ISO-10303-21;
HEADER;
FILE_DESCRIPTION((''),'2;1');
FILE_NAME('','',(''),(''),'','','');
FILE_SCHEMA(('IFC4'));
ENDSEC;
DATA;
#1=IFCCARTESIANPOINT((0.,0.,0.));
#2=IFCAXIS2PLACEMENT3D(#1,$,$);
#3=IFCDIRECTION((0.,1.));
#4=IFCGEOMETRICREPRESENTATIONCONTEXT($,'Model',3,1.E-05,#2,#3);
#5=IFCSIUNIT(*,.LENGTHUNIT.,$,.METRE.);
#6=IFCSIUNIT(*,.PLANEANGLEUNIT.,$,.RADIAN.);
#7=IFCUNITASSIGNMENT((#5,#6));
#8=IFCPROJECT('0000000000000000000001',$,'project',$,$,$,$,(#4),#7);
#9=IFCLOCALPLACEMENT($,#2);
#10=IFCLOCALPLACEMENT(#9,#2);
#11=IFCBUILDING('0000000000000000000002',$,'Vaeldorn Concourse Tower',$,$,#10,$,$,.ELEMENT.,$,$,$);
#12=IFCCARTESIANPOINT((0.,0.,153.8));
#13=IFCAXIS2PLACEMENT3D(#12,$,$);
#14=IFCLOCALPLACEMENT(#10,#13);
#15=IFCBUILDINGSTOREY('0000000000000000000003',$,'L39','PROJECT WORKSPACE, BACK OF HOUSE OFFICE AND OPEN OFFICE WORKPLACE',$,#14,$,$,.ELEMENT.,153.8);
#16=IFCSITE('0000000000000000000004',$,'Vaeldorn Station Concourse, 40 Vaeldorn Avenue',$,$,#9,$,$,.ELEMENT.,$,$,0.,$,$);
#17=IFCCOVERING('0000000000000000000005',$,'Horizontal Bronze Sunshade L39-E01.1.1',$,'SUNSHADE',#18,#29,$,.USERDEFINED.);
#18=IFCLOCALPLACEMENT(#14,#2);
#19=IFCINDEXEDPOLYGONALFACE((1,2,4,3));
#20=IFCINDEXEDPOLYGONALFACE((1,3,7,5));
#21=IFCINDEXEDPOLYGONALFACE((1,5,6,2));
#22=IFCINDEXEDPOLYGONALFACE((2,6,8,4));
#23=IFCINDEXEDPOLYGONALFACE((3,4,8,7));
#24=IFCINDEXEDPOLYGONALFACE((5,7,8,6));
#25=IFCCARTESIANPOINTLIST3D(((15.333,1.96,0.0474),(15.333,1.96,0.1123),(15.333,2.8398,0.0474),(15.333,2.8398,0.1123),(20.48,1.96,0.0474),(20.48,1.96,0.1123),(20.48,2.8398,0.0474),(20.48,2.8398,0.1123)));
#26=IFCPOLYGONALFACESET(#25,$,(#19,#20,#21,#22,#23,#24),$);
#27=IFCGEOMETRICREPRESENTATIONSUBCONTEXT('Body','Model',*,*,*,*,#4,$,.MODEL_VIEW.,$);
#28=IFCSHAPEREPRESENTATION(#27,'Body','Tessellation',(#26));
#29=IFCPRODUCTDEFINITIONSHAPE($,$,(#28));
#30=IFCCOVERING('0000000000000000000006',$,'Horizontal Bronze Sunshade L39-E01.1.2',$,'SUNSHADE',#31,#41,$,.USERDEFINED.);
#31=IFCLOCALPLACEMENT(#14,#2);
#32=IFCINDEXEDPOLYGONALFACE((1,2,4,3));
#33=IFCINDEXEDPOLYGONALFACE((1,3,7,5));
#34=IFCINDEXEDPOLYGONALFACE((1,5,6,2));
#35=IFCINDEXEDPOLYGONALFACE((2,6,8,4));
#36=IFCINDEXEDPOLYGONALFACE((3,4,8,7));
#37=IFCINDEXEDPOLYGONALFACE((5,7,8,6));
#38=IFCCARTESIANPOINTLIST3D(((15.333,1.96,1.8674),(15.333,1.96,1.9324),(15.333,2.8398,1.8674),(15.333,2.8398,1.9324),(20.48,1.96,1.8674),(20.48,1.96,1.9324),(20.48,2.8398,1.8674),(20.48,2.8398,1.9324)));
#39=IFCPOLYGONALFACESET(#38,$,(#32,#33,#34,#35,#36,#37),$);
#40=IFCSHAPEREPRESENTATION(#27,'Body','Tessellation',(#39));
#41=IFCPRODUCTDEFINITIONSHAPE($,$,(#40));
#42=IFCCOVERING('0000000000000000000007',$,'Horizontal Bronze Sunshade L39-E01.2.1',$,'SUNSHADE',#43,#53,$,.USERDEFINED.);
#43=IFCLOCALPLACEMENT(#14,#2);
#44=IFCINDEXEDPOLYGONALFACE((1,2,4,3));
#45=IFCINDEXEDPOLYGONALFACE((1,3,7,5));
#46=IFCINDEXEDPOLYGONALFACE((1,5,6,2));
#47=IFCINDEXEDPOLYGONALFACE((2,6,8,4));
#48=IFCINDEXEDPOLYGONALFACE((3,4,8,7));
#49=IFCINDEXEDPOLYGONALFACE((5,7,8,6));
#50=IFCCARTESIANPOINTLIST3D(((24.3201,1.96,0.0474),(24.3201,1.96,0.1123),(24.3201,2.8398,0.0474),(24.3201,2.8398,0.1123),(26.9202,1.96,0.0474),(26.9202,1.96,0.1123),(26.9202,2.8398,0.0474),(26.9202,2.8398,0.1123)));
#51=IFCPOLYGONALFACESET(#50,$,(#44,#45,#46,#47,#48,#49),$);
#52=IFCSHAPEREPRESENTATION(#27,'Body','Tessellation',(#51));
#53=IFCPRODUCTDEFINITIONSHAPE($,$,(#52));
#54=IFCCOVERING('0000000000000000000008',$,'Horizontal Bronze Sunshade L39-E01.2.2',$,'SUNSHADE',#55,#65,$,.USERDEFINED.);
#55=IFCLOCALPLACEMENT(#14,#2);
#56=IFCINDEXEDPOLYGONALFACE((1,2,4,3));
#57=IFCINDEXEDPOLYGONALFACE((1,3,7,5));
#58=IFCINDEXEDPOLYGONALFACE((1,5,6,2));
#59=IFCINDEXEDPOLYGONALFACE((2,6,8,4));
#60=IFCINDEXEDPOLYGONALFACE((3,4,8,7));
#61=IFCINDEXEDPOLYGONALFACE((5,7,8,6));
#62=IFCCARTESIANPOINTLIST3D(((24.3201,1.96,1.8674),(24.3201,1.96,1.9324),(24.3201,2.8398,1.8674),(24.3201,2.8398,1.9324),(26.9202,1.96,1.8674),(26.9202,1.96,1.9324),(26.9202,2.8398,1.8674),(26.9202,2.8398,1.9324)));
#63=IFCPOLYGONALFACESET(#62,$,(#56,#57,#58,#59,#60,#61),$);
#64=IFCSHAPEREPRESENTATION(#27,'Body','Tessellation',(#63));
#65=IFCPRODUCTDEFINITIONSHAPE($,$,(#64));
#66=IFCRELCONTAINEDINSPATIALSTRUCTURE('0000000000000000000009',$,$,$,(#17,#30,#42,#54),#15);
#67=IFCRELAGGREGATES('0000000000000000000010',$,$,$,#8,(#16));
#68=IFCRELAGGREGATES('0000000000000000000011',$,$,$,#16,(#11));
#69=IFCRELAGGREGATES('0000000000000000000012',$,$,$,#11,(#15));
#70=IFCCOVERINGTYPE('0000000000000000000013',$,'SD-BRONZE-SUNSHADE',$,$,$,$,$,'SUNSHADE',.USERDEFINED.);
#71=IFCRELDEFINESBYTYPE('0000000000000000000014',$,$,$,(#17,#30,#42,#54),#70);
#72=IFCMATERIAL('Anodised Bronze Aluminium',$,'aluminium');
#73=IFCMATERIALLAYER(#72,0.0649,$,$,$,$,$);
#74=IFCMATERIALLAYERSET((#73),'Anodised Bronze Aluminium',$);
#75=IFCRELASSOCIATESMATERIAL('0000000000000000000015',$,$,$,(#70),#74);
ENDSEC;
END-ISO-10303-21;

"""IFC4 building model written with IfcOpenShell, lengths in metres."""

from ifc_helpers import new_model, si_unit, direction, frame, origin, origin_2d, place, context, subcontext, project, spatial, rectangle, extrude, source, transform, mapped, material, layer, layer_set, type_object, element, save


model = new_model("IFC4")

# Units and contexts
model_context = context("Model", 3, precision=1e-05, world=origin(), true_north=direction((0.0, 1.0)))
body_context = subcontext(model_context, "Body", "Model", "MODEL_VIEW")
ifc_project = project(units=[si_unit("LENGTHUNIT", "METRE"), si_unit("PLANEANGLEUNIT", "RADIAN")], contexts=[model_context])

# Site, building, storey
site_placement = place(None, origin())
site = spatial("IfcSite", under=ifc_project, at=site_placement, Name="Vaeldorn Station Concourse, 40 Vaeldorn Avenue", CompositionType="ELEMENT", RefElevation=0.0)
building_placement = place(site_placement, origin())
building = spatial("IfcBuilding", under=site, at=building_placement, Name="Vaeldorn Concourse Tower", CompositionType="ELEMENT")
storey_placement = place(building_placement, frame((0.0, 0.0, 153.8)))
storey = spatial("IfcBuildingStorey", under=building, at=storey_placement, Name="L39", Description="PROJECT WORKSPACE, BACK OF HOUSE OFFICE AND OPEN OFFICE WORKPLACE", CompositionType="ELEMENT", Elevation=153.8)

# Shared definitions
ifc_material_1 = material(Name="Anodised Bronze Aluminium", Category="aluminium")

# Coverings
ifc_layer_1 = layer(ifc_material_1, 0.0649)
ifc_layer_set_1 = layer_set([ifc_layer_1], Name="Anodised Bronze Aluminium")
covering_type = type_object("IfcCoveringType", Name="SD-BRONZE-SUNSHADE", ElementType="SUNSHADE", PredefinedType="USERDEFINED", material=ifc_layer_set_1)
shared_shape_1 = source(origin(), body_context, "Body", "SweptSolid", [
    extrude(rectangle(XDim=5.147, YDim=0.8799, at=origin_2d()), origin(), (0.0, 0.0, 1.0), 0.0649),
])
for number, where, z_axis, x_axis, name in (
    (1, (17.9065, 2.3999, 0.0474), (0.0, 0.0, 1.0), (1.0, 0.0, 0.0), "Horizontal Bronze Sunshade L39-E01.1.1"),
    (2, (17.9065, 2.3999, 1.8674), (0.0, 0.0, 1.0), (1.0, 0.0, 0.0), "Horizontal Bronze Sunshade L39-E01.1.2"),
):
    element("IfcCovering", number, at=place(storey_placement, frame(where, z_axis=z_axis, x_axis=x_axis)), inside=storey, type_object=covering_type, Name=name, ObjectType="SUNSHADE", PredefinedType="USERDEFINED", context=body_context, shape_type="MappedRepresentation", body=[
        mapped(shared_shape_1, transform((0.0, 0.0, 0.0), scale=1.0)),
    ])
shared_shape_2 = source(origin(), body_context, "Body", "SweptSolid", [
    extrude(rectangle(XDim=2.6001, YDim=0.8799, at=origin_2d()), origin(), (0.0, 0.0, 1.0), 0.0649),
])
for number, where, z_axis, x_axis, name in (
    (3, (25.6201, 2.3999, 0.0474), (0.0, 0.0, 1.0), (1.0, 0.0, 0.0), "Horizontal Bronze Sunshade L39-E01.2.1"),
    (4, (25.6201, 2.3999, 1.8674), (0.0, 0.0, 1.0), (1.0, 0.0, 0.0), "Horizontal Bronze Sunshade L39-E01.2.2"),
):
    element("IfcCovering", number, at=place(storey_placement, frame(where, z_axis=z_axis, x_axis=x_axis)), inside=storey, type_object=covering_type, Name=name, ObjectType="SUNSHADE", PredefinedType="USERDEFINED", context=body_context, shape_type="MappedRepresentation", body=[
        mapped(shared_shape_2, transform((0.0, 0.0, 0.0), scale=1.0)),
    ])

save(model, "model.ifc")
